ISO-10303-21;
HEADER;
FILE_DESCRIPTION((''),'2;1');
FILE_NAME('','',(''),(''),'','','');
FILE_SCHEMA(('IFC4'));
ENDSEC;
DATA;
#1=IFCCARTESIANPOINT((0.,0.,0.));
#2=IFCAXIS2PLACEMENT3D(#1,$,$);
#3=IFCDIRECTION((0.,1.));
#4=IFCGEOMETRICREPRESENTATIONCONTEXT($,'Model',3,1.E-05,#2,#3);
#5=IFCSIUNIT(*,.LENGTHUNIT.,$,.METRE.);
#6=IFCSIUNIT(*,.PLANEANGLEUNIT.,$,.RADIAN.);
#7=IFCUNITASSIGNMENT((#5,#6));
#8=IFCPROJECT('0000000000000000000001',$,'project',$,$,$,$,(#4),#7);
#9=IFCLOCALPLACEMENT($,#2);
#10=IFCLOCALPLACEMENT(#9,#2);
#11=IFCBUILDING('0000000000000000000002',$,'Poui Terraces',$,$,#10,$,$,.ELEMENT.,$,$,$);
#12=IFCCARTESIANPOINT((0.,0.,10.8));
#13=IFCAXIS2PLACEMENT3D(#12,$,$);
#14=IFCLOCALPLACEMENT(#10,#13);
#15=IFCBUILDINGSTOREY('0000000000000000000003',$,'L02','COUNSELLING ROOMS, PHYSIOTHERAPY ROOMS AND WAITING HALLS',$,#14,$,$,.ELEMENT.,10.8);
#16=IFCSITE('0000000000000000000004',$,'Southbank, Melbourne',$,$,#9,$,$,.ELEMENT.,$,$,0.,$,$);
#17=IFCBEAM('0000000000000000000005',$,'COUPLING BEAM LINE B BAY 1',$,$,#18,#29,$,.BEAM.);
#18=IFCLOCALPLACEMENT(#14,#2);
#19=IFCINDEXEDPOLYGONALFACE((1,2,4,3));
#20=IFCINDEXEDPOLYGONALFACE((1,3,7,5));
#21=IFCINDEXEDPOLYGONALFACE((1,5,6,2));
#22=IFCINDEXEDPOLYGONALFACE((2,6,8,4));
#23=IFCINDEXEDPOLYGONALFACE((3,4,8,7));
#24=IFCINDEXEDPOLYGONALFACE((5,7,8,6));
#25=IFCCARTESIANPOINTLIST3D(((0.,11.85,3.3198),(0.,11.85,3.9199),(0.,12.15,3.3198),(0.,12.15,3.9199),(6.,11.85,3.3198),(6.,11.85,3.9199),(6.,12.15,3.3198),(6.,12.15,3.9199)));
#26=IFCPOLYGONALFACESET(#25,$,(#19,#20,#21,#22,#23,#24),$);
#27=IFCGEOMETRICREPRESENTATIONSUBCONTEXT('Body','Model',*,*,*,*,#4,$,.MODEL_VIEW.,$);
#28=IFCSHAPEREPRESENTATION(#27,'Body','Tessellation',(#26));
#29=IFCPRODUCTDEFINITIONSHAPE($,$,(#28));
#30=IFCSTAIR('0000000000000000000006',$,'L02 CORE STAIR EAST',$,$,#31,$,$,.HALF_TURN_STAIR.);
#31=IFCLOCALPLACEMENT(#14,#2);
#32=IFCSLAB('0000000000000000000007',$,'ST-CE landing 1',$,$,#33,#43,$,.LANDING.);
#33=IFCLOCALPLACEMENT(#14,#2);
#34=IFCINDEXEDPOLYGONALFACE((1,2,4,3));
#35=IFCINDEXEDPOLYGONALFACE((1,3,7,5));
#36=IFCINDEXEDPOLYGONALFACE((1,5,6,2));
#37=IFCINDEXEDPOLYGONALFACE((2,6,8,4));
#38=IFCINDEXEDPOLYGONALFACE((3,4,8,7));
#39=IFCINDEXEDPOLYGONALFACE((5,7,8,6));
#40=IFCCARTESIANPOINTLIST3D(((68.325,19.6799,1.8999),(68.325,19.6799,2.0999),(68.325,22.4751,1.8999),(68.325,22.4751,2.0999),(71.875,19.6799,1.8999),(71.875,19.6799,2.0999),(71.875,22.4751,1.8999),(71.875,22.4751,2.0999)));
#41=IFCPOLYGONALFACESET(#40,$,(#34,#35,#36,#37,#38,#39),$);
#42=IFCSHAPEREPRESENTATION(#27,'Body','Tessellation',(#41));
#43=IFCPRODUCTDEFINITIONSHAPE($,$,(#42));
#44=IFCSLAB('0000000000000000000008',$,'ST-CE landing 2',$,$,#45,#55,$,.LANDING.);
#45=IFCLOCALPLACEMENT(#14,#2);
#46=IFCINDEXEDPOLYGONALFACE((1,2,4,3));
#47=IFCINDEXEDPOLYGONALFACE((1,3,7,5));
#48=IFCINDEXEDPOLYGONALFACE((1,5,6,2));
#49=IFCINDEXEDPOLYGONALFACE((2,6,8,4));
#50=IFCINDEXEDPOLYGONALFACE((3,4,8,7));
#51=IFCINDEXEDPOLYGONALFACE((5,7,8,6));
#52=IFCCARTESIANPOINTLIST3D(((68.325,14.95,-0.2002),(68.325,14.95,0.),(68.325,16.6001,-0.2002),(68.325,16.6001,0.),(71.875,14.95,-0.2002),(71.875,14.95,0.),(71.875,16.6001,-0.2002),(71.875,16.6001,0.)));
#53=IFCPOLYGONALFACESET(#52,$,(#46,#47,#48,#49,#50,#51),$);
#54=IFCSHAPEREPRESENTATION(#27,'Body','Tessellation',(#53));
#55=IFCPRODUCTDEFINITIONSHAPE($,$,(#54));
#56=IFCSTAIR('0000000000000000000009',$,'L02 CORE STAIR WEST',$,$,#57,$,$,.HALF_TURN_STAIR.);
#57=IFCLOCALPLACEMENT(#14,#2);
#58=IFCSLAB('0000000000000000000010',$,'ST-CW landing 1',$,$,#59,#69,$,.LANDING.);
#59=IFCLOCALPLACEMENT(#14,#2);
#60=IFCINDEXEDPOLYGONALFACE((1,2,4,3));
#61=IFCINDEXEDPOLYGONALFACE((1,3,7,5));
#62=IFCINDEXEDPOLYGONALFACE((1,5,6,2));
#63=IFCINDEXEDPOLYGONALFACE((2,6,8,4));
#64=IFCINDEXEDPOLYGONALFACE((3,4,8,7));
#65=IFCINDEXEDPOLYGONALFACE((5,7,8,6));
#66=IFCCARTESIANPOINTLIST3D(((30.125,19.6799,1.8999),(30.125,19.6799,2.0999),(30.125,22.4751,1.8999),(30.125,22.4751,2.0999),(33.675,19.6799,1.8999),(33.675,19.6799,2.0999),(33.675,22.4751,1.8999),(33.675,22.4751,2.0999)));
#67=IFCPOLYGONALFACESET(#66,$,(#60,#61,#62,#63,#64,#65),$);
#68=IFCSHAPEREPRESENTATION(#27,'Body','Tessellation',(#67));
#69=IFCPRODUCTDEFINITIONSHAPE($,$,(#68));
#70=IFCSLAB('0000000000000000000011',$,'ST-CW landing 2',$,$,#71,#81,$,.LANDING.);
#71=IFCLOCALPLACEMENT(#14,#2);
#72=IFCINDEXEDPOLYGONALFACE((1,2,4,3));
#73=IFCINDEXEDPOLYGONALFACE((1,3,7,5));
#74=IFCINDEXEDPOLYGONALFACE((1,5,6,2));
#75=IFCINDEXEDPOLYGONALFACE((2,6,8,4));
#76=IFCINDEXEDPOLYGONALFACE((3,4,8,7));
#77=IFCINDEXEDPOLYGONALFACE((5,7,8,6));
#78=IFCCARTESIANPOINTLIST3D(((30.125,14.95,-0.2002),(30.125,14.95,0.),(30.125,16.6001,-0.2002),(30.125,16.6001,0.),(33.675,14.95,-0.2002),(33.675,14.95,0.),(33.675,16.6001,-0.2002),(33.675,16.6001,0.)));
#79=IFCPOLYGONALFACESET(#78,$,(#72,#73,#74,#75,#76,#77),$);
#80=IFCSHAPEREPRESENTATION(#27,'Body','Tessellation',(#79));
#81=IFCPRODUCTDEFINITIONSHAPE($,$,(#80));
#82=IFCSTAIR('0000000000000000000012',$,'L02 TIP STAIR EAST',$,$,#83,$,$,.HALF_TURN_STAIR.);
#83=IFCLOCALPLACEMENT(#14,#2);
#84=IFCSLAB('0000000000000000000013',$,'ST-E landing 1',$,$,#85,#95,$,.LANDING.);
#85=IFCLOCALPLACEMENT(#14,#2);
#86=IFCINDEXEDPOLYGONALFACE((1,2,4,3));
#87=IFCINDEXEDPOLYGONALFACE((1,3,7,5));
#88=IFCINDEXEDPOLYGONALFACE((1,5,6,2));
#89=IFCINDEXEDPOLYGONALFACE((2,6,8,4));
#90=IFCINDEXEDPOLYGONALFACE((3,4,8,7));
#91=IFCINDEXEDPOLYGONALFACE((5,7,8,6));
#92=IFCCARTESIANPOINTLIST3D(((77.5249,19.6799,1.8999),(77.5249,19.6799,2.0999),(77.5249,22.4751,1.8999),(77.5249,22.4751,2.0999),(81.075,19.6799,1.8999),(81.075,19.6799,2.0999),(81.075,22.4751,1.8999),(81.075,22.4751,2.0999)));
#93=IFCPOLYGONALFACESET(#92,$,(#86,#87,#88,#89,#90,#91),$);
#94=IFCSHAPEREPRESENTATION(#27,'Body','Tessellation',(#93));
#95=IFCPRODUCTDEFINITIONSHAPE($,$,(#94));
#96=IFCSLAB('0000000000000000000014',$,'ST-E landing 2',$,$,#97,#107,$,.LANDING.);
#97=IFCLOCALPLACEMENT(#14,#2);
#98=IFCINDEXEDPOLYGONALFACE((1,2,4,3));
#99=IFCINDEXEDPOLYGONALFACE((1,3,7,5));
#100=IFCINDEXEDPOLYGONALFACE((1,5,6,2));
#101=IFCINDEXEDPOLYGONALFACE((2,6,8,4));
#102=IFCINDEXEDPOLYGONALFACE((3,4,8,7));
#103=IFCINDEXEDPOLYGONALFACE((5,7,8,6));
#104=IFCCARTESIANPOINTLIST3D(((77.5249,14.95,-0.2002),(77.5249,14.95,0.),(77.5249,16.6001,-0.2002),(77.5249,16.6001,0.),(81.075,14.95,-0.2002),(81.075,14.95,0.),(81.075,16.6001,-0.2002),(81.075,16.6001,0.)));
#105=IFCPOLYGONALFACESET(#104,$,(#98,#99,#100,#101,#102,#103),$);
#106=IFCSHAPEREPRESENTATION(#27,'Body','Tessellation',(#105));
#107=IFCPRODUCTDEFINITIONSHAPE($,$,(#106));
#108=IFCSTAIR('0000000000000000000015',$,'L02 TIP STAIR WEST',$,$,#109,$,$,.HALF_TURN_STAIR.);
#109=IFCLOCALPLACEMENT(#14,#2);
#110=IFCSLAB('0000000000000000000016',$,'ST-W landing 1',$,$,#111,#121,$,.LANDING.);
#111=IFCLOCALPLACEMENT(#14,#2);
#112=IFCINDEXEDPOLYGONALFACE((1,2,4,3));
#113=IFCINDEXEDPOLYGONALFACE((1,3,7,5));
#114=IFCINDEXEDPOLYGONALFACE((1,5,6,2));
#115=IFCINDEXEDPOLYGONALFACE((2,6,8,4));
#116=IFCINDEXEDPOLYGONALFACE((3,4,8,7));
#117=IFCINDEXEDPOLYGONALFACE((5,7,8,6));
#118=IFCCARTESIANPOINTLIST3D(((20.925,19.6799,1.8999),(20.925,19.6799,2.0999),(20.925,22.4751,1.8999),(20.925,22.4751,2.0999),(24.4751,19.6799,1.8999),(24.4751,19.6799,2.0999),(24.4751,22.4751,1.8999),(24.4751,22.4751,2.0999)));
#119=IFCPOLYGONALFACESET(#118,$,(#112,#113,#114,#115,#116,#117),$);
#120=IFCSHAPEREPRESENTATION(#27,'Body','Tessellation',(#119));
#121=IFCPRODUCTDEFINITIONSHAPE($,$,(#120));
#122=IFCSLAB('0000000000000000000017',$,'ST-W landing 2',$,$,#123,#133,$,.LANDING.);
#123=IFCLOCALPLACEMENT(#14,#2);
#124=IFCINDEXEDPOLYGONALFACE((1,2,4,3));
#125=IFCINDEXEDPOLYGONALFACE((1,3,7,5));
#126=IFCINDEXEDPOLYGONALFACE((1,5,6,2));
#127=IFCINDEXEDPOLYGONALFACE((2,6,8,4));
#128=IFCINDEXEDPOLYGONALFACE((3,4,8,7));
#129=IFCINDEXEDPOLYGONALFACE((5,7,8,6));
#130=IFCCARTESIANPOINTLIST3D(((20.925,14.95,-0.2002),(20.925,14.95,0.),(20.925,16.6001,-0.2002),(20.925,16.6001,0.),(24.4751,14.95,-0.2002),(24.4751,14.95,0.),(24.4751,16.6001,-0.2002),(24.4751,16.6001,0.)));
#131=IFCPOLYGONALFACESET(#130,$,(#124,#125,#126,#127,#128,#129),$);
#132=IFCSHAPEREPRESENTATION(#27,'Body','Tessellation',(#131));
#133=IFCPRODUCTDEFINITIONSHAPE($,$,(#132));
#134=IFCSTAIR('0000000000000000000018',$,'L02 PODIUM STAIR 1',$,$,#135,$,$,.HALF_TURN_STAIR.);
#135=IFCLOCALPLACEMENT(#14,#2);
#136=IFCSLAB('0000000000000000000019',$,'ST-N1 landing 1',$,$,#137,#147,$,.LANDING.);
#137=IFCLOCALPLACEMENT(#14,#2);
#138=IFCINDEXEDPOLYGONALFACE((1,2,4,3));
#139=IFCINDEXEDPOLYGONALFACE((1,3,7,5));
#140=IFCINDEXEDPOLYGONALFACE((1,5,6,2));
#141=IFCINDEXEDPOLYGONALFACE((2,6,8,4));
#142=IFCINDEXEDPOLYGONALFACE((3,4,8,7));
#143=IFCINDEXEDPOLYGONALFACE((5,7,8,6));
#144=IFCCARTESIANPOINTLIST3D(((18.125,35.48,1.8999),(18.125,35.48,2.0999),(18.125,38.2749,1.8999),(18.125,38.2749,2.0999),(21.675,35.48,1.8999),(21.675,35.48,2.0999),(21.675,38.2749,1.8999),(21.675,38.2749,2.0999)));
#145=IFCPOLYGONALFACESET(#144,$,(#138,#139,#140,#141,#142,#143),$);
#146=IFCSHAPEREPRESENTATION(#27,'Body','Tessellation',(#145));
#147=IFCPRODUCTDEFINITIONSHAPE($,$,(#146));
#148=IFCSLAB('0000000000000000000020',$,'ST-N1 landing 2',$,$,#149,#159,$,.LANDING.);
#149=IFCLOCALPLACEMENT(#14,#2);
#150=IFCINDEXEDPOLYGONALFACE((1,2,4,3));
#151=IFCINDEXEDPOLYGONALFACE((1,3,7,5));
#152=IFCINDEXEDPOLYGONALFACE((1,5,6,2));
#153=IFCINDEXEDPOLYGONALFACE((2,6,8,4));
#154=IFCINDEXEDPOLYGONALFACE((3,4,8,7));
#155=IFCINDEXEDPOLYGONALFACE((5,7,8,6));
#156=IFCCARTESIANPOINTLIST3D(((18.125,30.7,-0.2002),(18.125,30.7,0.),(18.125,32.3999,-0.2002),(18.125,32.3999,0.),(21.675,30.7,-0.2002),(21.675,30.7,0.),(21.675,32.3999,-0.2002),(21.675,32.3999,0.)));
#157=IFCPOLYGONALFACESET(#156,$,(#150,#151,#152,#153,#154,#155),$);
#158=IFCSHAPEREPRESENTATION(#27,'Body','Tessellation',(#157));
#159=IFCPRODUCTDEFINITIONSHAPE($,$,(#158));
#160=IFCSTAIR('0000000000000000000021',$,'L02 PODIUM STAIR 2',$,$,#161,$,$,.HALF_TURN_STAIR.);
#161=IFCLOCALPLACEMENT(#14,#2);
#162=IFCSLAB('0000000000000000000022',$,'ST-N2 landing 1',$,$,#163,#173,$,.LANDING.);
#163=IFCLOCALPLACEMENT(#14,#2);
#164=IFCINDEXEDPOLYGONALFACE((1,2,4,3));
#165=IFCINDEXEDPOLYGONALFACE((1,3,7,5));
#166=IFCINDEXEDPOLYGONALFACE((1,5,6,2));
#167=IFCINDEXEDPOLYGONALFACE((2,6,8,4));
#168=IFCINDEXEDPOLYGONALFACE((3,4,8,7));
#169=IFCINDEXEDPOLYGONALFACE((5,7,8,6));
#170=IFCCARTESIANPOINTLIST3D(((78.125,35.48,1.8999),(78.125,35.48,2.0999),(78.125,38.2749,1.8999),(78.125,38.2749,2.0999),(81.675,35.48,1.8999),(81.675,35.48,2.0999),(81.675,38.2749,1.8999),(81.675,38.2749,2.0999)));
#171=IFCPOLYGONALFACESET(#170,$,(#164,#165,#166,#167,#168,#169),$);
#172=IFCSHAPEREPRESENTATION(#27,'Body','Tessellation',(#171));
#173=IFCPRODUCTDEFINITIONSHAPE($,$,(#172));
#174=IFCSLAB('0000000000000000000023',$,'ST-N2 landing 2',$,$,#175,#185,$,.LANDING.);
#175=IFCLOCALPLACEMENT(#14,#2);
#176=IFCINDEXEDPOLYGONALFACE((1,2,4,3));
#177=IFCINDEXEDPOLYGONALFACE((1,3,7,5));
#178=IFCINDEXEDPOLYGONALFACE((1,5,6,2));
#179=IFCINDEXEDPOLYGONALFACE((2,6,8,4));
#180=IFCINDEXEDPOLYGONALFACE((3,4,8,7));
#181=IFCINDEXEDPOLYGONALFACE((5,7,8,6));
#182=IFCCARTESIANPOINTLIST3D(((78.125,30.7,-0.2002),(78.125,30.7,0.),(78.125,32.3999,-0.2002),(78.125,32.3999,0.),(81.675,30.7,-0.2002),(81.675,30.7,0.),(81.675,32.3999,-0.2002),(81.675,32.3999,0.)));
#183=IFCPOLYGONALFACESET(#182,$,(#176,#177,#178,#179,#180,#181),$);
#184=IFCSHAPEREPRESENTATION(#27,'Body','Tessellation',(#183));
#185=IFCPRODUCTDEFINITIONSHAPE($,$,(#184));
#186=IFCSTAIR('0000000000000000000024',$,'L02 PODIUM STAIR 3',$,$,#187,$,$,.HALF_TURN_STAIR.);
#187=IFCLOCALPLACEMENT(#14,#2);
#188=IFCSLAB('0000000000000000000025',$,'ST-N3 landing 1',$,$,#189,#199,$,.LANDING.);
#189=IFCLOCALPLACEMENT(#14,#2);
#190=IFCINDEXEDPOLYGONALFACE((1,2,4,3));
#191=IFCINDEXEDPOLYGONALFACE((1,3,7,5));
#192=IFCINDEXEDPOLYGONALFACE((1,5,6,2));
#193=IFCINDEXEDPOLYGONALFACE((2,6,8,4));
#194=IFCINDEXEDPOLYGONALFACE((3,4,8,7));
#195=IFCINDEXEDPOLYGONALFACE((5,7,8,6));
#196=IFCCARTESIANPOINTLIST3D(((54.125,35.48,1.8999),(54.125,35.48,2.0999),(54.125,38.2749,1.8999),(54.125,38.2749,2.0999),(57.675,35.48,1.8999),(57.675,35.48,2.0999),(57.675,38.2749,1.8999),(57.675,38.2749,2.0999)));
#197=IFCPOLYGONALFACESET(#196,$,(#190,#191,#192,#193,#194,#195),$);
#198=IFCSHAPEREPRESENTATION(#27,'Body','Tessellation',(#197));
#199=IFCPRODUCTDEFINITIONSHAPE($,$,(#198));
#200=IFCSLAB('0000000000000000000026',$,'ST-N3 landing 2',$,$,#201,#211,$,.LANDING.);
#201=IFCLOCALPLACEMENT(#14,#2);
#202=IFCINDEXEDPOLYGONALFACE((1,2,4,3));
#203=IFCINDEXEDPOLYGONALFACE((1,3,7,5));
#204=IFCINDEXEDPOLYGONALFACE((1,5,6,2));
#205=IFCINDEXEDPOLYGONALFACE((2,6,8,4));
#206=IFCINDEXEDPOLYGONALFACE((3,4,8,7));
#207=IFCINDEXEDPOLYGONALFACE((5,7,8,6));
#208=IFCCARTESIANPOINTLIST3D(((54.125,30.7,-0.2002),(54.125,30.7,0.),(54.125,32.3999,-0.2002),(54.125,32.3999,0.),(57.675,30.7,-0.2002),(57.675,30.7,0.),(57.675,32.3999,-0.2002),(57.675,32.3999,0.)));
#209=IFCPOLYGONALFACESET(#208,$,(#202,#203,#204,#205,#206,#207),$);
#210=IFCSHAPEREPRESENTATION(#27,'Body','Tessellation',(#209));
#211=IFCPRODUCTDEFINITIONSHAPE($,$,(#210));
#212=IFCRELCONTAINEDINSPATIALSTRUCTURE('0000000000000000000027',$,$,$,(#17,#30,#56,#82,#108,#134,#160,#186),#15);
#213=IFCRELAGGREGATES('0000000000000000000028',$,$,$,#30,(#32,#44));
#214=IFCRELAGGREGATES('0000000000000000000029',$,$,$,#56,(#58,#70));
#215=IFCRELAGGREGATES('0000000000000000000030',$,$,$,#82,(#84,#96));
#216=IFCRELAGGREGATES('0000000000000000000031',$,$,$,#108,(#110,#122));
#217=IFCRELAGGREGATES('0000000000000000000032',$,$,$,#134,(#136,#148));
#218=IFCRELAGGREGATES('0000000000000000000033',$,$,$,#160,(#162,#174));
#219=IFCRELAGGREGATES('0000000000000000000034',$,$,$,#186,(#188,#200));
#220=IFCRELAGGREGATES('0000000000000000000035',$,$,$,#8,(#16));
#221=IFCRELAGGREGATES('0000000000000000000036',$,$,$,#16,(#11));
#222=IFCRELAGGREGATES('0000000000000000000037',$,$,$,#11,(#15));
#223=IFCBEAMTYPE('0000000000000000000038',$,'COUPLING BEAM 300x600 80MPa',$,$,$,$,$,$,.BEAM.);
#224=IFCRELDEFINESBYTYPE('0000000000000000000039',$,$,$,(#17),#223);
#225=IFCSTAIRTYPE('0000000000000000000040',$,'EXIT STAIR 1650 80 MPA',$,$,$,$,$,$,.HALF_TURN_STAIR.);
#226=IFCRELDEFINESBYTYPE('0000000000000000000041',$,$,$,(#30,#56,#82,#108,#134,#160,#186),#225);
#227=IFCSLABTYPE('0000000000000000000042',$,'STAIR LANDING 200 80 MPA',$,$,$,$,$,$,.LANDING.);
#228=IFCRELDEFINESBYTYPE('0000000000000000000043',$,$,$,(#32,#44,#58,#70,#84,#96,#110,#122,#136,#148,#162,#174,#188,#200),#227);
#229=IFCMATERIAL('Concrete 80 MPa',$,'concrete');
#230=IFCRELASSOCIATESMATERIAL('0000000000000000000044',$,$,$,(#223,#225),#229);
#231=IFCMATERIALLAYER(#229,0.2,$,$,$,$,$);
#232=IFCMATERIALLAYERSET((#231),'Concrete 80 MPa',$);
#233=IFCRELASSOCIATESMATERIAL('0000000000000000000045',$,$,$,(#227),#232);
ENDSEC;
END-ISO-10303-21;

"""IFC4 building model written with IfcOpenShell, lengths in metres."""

from ifc_helpers import new_model, si_unit, direction, frame, origin, origin_2d, place, context, subcontext, project, spatial, polyline, rectangle, outline, extrude, source, transform, mapped, material, layer, layer_set, material_profile, profile_set, type_object, element, aggregate, save


model = new_model("IFC4")

# Units and contexts
model_context = context("Model", 3, precision=1e-05, world=origin(), true_north=direction((0.0, 1.0)))
body_context = subcontext(model_context, "Body", "Model", "MODEL_VIEW")
ifc_project = project(units=[si_unit("LENGTHUNIT", "METRE"), si_unit("PLANEANGLEUNIT", "RADIAN")], contexts=[model_context])

# Site, building, storey
site_placement = place(None, origin())
site = spatial("IfcSite", under=ifc_project, at=site_placement, Name="Southbank, Melbourne", CompositionType="ELEMENT", RefElevation=0.0)
building_placement = place(site_placement, origin())
building = spatial("IfcBuilding", under=site, at=building_placement, Name="Poui Terraces", CompositionType="ELEMENT")
storey_placement = place(building_placement, frame((0.0, 0.0, 10.8)))
storey = spatial("IfcBuildingStorey", under=building, at=storey_placement, Name="L02", Description="COUNSELLING ROOMS, PHYSIOTHERAPY ROOMS AND WAITING HALLS", CompositionType="ELEMENT", Elevation=10.8)

# Beam
ifc_material_1 = material(Name="Concrete 80 MPa", Category="concrete")
ifc_material_profile = material_profile(ifc_material_1, rectangle(XDim=0.3, YDim=0.6001, at=origin_2d()), Name="RC 300x600")
ifc_profile_set = profile_set([ifc_material_profile], Name="Concrete 80 MPa")
beam_type = type_object("IfcBeamType", Name="COUPLING BEAM 300x600 80MPa", PredefinedType="BEAM", material=ifc_profile_set)
shared_shape_1 = source(origin(), body_context, "Body", "SweptSolid", [
    extrude(rectangle(XDim=0.3, YDim=0.6001, at=origin_2d()), origin(), (0.0, 0.0, 1.0), 6.0),
])
beam_placement = place(storey_placement, frame((0.0, 12.0, 3.6199), z_axis=(1.0, 0.0, 0.0), x_axis=(0.0, 1.0, 0.0)))
element("IfcBeam", 1, at=beam_placement, inside=storey, type_object=beam_type, Name="COUPLING BEAM LINE B BAY 1", PredefinedType="BEAM", context=body_context, shape_type="MappedRepresentation", body=[
    mapped(shared_shape_1, transform((0.0, 0.0, 0.0))),
])

# Stairs, slabs
stair_type = type_object("IfcStairType", Name="EXIT STAIR 1650 80 MPA", PredefinedType="HALF_TURN_STAIR", material=ifc_material_1)
stair_1_placement = place(storey_placement, origin())
stair_1 = element("IfcStair", 2, at=stair_1_placement, inside=storey, type_object=stair_type, Name="L02 CORE STAIR EAST", PredefinedType="HALF_TURN_STAIR")
ifc_layer_1 = layer(ifc_material_1, 0.2)
ifc_layer_set_1 = layer_set([ifc_layer_1], Name="Concrete 80 MPa")
slab_type_1 = type_object("IfcSlabType", Name="STAIR LANDING 200 80 MPA", PredefinedType="LANDING", material=ifc_layer_set_1)
slab_1_placement = place(storey_placement, frame((0.0, 0.0, 1.8999)))
slab_1 = element("IfcSlab", 3, at=slab_1_placement, type_object=slab_type_1, Name="ST-CE landing 1", PredefinedType="LANDING", context=body_context, shape_type="SweptSolid", body=[
    extrude(outline(polyline([(68.325, 19.6799), (71.875, 19.6799), (71.875, 22.4751), (68.325, 22.4751), (68.325, 19.6799)])), origin(), (0.0, 0.0, 1.0), 0.2),
])
slab_2_placement = place(storey_placement, frame((0.0, 0.0, -0.2002)))
slab_2 = element("IfcSlab", 4, at=slab_2_placement, type_object=slab_type_1, Name="ST-CE landing 2", PredefinedType="LANDING", context=body_context, shape_type="SweptSolid", body=[
    extrude(outline(polyline([(68.325, 14.95), (71.875, 14.95), (71.875, 16.6001), (68.325, 16.6001), (68.325, 14.95)])), origin(), (0.0, 0.0, 1.0), 0.2002),
])
aggregate(stair_1, [slab_1, slab_2])
stair_2_placement = place(storey_placement, origin())
stair_2 = element("IfcStair", 5, at=stair_2_placement, inside=storey, type_object=stair_type, Name="L02 CORE STAIR WEST", PredefinedType="HALF_TURN_STAIR")
slab_3_placement = place(storey_placement, frame((0.0, 0.0, 1.8999)))
slab_3 = element("IfcSlab", 6, at=slab_3_placement, type_object=slab_type_1, Name="ST-CW landing 1", PredefinedType="LANDING", context=body_context, shape_type="SweptSolid", body=[
    extrude(outline(polyline([(30.125, 19.6799), (33.675, 19.6799), (33.675, 22.4751), (30.125, 22.4751), (30.125, 19.6799)])), origin(), (0.0, 0.0, 1.0), 0.2),
])
slab_4_placement = place(storey_placement, frame((0.0, 0.0, -0.2002)))
slab_4 = element("IfcSlab", 7, at=slab_4_placement, type_object=slab_type_1, Name="ST-CW landing 2", PredefinedType="LANDING", context=body_context, shape_type="SweptSolid", body=[
    extrude(outline(polyline([(30.125, 14.95), (33.675, 14.95), (33.675, 16.6001), (30.125, 16.6001), (30.125, 14.95)])), origin(), (0.0, 0.0, 1.0), 0.2002),
])
aggregate(stair_2, [slab_3, slab_4])
stair_3_placement = place(storey_placement, origin())
stair_3 = element("IfcStair", 8, at=stair_3_placement, inside=storey, type_object=stair_type, Name="L02 TIP STAIR EAST", PredefinedType="HALF_TURN_STAIR")
slab_5_placement = place(storey_placement, frame((0.0, 0.0, 1.8999)))
slab_5 = element("IfcSlab", 9, at=slab_5_placement, type_object=slab_type_1, Name="ST-E landing 1", PredefinedType="LANDING", context=body_context, shape_type="SweptSolid", body=[
    extrude(outline(polyline([(77.5249, 19.6799), (81.075, 19.6799), (81.075, 22.4751), (77.5249, 22.4751), (77.5249, 19.6799)])), origin(), (0.0, 0.0, 1.0), 0.2),
])
slab_6_placement = place(storey_placement, frame((0.0, 0.0, -0.2002)))
slab_6 = element("IfcSlab", 10, at=slab_6_placement, type_object=slab_type_1, Name="ST-E landing 2", PredefinedType="LANDING", context=body_context, shape_type="SweptSolid", body=[
    extrude(outline(polyline([(77.5249, 14.95), (81.075, 14.95), (81.075, 16.6001), (77.5249, 16.6001), (77.5249, 14.95)])), origin(), (0.0, 0.0, 1.0), 0.2002),
])
aggregate(stair_3, [slab_5, slab_6])
stair_4_placement = place(storey_placement, origin())
stair_4 = element("IfcStair", 11, at=stair_4_placement, inside=storey, type_object=stair_type, Name="L02 TIP STAIR WEST", PredefinedType="HALF_TURN_STAIR")
slab_7_placement = place(storey_placement, frame((0.0, 0.0, 1.8999)))
slab_7 = element("IfcSlab", 12, at=slab_7_placement, type_object=slab_type_1, Name="ST-W landing 1", PredefinedType="LANDING", context=body_context, shape_type="SweptSolid", body=[
    extrude(outline(polyline([(20.925, 19.6799), (24.4751, 19.6799), (24.4751, 22.4751), (20.925, 22.4751), (20.925, 19.6799)])), origin(), (0.0, 0.0, 1.0), 0.2),
])
slab_8_placement = place(storey_placement, frame((0.0, 0.0, -0.2002)))
slab_8 = element("IfcSlab", 13, at=slab_8_placement, type_object=slab_type_1, Name="ST-W landing 2", PredefinedType="LANDING", context=body_context, shape_type="SweptSolid", body=[
    extrude(outline(polyline([(20.925, 14.95), (24.4751, 14.95), (24.4751, 16.6001), (20.925, 16.6001), (20.925, 14.95)])), origin(), (0.0, 0.0, 1.0), 0.2002),
])
aggregate(stair_4, [slab_7, slab_8])
stair_5_placement = place(storey_placement, origin())
stair_5 = element("IfcStair", 14, at=stair_5_placement, inside=storey, type_object=stair_type, Name="L02 PODIUM STAIR 1", PredefinedType="HALF_TURN_STAIR")
slab_9_placement = place(storey_placement, frame((0.0, 0.0, 1.8999)))
slab_9 = element("IfcSlab", 15, at=slab_9_placement, type_object=slab_type_1, Name="ST-N1 landing 1", PredefinedType="LANDING", context=body_context, shape_type="SweptSolid", body=[
    extrude(outline(polyline([(18.125, 35.48), (21.675, 35.48), (21.675, 38.2749), (18.125, 38.2749), (18.125, 35.48)])), origin(), (0.0, 0.0, 1.0), 0.2),
])
slab_10_placement = place(storey_placement, frame((0.0, 0.0, -0.2002)))
slab_10 = element("IfcSlab", 16, at=slab_10_placement, type_object=slab_type_1, Name="ST-N1 landing 2", PredefinedType="LANDING", context=body_context, shape_type="SweptSolid", body=[
    extrude(outline(polyline([(18.125, 30.7), (21.675, 30.7), (21.675, 32.3999), (18.125, 32.3999), (18.125, 30.7)])), origin(), (0.0, 0.0, 1.0), 0.2002),
])
aggregate(stair_5, [slab_9, slab_10])
stair_6_placement = place(storey_placement, origin())
stair_6 = element("IfcStair", 17, at=stair_6_placement, inside=storey, type_object=stair_type, Name="L02 PODIUM STAIR 2", PredefinedType="HALF_TURN_STAIR")
slab_11_placement = place(storey_placement, frame((0.0, 0.0, 1.8999)))
slab_11 = element("IfcSlab", 18, at=slab_11_placement, type_object=slab_type_1, Name="ST-N2 landing 1", PredefinedType="LANDING", context=body_context, shape_type="SweptSolid", body=[
    extrude(outline(polyline([(78.125, 35.48), (81.675, 35.48), (81.675, 38.2749), (78.125, 38.2749), (78.125, 35.48)])), origin(), (0.0, 0.0, 1.0), 0.2),
])
slab_12_placement = place(storey_placement, frame((0.0, 0.0, -0.2002)))
slab_12 = element("IfcSlab", 19, at=slab_12_placement, type_object=slab_type_1, Name="ST-N2 landing 2", PredefinedType="LANDING", context=body_context, shape_type="SweptSolid", body=[
    extrude(outline(polyline([(78.125, 30.7), (81.675, 30.7), (81.675, 32.3999), (78.125, 32.3999), (78.125, 30.7)])), origin(), (0.0, 0.0, 1.0), 0.2002),
])
aggregate(stair_6, [slab_11, slab_12])
stair_7_placement = place(storey_placement, origin())
stair_7 = element("IfcStair", 20, at=stair_7_placement, inside=storey, type_object=stair_type, Name="L02 PODIUM STAIR 3", PredefinedType="HALF_TURN_STAIR")
slab_13_placement = place(storey_placement, frame((0.0, 0.0, 1.8999)))
slab_13 = element("IfcSlab", 21, at=slab_13_placement, type_object=slab_type_1, Name="ST-N3 landing 1", PredefinedType="LANDING", context=body_context, shape_type="SweptSolid", body=[
    extrude(outline(polyline([(54.125, 35.48), (57.675, 35.48), (57.675, 38.2749), (54.125, 38.2749), (54.125, 35.48)])), origin(), (0.0, 0.0, 1.0), 0.2),
])
slab_14_placement = place(storey_placement, frame((0.0, 0.0, -0.2002)))
slab_14 = element("IfcSlab", 22, at=slab_14_placement, type_object=slab_type_1, Name="ST-N3 landing 2", PredefinedType="LANDING", context=body_context, shape_type="SweptSolid", body=[
    extrude(outline(polyline([(54.125, 30.7), (57.675, 30.7), (57.675, 32.3999), (54.125, 32.3999), (54.125, 30.7)])), origin(), (0.0, 0.0, 1.0), 0.2002),
])
aggregate(stair_7, [slab_13, slab_14])

save(model, "model.ifc")
